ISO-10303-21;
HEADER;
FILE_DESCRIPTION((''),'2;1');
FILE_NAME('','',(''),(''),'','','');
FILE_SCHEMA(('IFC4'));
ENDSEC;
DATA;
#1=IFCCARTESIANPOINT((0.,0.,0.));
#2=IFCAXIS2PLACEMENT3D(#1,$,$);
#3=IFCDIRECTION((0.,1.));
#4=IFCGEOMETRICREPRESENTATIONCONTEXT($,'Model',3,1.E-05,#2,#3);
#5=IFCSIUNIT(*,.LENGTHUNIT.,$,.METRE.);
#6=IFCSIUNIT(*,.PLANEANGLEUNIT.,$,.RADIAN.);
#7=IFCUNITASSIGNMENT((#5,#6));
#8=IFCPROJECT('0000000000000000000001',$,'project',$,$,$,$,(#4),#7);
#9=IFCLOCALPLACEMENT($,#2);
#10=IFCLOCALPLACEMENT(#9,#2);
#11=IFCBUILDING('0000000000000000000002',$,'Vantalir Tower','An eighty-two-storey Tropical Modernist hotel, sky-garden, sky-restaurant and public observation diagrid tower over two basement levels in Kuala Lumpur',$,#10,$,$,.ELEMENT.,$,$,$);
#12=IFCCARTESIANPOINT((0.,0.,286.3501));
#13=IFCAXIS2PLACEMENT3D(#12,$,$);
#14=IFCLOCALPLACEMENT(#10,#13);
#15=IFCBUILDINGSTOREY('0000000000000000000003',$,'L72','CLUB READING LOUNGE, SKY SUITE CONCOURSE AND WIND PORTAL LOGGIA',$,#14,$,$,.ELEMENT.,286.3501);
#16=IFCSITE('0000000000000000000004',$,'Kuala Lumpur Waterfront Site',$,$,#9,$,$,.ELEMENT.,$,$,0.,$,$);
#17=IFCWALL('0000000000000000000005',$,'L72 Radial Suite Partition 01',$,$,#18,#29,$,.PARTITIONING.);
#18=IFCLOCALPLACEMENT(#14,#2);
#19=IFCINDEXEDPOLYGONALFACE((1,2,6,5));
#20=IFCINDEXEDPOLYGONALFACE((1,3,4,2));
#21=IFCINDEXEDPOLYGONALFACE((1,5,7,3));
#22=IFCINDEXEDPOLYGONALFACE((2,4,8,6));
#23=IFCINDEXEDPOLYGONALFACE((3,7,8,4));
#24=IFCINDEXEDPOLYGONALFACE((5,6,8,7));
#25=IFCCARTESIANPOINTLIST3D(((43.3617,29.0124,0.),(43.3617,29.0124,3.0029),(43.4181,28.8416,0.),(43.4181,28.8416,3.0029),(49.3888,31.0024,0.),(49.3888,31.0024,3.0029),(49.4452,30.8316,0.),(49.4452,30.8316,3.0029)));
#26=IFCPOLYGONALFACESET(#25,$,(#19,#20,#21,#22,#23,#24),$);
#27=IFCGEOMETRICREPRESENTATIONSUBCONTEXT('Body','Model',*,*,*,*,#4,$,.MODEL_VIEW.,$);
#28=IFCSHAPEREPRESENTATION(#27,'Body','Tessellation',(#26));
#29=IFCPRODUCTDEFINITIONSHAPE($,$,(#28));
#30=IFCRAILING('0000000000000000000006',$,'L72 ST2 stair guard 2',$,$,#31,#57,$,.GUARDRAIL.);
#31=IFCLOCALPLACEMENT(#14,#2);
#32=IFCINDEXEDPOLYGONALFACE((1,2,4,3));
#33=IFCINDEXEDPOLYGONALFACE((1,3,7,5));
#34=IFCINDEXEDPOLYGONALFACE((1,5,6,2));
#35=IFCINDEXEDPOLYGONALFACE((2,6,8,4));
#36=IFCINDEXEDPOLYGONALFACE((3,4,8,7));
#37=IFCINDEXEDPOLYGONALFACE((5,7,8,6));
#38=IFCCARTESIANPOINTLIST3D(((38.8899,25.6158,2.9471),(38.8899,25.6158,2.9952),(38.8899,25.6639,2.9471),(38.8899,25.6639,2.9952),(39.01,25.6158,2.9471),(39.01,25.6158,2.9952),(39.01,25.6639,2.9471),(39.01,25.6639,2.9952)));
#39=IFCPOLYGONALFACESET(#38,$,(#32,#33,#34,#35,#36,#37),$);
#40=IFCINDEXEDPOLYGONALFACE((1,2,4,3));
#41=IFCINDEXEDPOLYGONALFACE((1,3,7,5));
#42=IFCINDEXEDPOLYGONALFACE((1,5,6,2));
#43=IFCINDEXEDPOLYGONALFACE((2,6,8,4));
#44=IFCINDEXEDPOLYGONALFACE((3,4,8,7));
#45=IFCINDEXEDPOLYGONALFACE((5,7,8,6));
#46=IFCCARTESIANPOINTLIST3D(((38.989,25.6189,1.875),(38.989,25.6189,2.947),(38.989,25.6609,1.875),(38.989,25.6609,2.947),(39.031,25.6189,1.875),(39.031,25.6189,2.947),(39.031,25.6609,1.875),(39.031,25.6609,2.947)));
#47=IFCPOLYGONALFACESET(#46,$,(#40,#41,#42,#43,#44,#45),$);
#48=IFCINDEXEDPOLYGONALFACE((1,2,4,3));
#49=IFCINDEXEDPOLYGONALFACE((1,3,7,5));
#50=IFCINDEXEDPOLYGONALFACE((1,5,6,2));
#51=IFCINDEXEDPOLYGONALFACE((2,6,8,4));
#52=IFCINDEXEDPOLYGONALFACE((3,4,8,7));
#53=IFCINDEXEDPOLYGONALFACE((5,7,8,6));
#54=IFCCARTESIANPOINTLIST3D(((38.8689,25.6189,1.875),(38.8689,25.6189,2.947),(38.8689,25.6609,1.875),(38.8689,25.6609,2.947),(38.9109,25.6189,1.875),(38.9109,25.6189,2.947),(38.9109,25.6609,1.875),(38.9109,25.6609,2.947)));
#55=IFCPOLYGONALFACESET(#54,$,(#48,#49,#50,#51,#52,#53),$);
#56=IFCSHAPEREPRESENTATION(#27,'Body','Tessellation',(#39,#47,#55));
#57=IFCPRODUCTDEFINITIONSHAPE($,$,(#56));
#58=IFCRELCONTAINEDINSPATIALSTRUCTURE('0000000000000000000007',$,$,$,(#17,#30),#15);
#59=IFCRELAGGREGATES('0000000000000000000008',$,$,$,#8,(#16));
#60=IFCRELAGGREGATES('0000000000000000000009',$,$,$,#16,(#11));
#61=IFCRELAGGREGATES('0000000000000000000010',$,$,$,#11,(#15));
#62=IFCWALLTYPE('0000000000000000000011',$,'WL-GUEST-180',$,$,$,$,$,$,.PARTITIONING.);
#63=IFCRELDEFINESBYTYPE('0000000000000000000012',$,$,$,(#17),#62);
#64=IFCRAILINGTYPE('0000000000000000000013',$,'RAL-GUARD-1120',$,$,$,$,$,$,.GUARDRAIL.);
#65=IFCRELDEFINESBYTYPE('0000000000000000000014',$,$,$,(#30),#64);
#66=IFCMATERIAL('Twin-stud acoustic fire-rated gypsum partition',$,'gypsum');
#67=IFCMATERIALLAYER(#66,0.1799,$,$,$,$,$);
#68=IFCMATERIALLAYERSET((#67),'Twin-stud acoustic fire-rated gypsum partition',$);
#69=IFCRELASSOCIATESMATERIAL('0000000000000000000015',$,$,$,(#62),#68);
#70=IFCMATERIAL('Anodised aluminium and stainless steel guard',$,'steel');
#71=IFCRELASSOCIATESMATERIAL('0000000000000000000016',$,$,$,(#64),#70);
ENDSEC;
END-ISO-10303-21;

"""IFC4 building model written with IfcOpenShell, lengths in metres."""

from ifc_helpers import new_model, si_unit, direction, frame, frame_2d, origin, origin_2d, place, context, subcontext, project, spatial, rectangle, extrude, material, layer, layer_set, type_object, element, save


model = new_model("IFC4")

# Units and contexts
model_context = context("Model", 3, precision=1e-05, world=origin(), true_north=direction((0.0, 1.0)))
body_context = subcontext(model_context, "Body", "Model", "MODEL_VIEW")
ifc_project = project(units=[si_unit("LENGTHUNIT", "METRE"), si_unit("PLANEANGLEUNIT", "RADIAN")], contexts=[model_context])

# Site, building, storey
site_placement = place(None, origin())
site = spatial("IfcSite", under=ifc_project, at=site_placement, Name="Kuala Lumpur Waterfront Site", CompositionType="ELEMENT", RefElevation=0.0)
building_placement = place(site_placement, origin())
building = spatial("IfcBuilding", under=site, at=building_placement, Name="Vantalir Tower", Description="An eighty-two-storey Tropical Modernist hotel, sky-garden, sky-restaurant and public observation diagrid tower over two basement levels in Kuala Lumpur", CompositionType="ELEMENT")
storey_placement = place(building_placement, frame((0.0, 0.0, 286.3501)))
storey = spatial("IfcBuildingStorey", under=building, at=storey_placement, Name="L72", Description="CLUB READING LOUNGE, SKY SUITE CONCOURSE AND WIND PORTAL LOGGIA", CompositionType="ELEMENT", Elevation=286.3501)

# Wall
ifc_material_1 = material(Name="Twin-stud acoustic fire-rated gypsum partition", Category="gypsum")
ifc_layer_1 = layer(ifc_material_1, 0.1799)
ifc_layer_set_1 = layer_set([ifc_layer_1], Name="Twin-stud acoustic fire-rated gypsum partition")
wall_type_1 = type_object("IfcWallType", Name="WL-GUEST-180", PredefinedType="PARTITIONING", material=ifc_layer_set_1)
wall_1_placement = place(storey_placement, frame((43.3899, 28.927, 0.0), z_axis=(0.0, 0.0, 1.0), x_axis=(0.94958, 0.313526, 0.0)))
element("IfcWall", 1, at=wall_1_placement, inside=storey, type_object=wall_type_1, Name="L72 Radial Suite Partition 01", PredefinedType="PARTITIONING", context=body_context, shape_type="SweptSolid", body=[
    extrude(rectangle(XDim=6.3472, YDim=0.1799, at=frame_2d((3.1736, 0.0))), origin(), (0.0, 0.0, 1.0), 3.0029),
])

# Railing
ifc_material_2 = material(Name="Anodised aluminium and stainless steel guard", Category="steel")
railing_type = type_object("IfcRailingType", Name="RAL-GUARD-1120", PredefinedType="GUARDRAIL", material=ifc_material_2)
railing_placement = place(storey_placement, frame((39.01, 25.6399, 1.875)))
element("IfcRailing", 2, at=railing_placement, inside=storey, type_object=railing_type, Name="L72 ST2 stair guard 2", PredefinedType="GUARDRAIL", context=body_context, shape_type="SweptSolid", body=[
    extrude(rectangle(XDim=0.0481, YDim=0.0481, at=origin_2d()), frame((0.0, 0.0, 1.0962), z_axis=(-1.0, 0.0, 0.0), x_axis=(0.0, -1.0, 0.0)), (0.0, 0.0, 1.0), 0.1201),
    extrude(rectangle(XDim=0.042, YDim=0.042, at=origin_2d()), origin(), (0.0, 0.0, 1.0), 1.072),
    extrude(rectangle(XDim=0.042, YDim=0.042, at=origin_2d()), frame((-0.1201, 0.0, 0.0)), (0.0, 0.0, 1.0), 1.072),
])

save(model, "model.ifc")
